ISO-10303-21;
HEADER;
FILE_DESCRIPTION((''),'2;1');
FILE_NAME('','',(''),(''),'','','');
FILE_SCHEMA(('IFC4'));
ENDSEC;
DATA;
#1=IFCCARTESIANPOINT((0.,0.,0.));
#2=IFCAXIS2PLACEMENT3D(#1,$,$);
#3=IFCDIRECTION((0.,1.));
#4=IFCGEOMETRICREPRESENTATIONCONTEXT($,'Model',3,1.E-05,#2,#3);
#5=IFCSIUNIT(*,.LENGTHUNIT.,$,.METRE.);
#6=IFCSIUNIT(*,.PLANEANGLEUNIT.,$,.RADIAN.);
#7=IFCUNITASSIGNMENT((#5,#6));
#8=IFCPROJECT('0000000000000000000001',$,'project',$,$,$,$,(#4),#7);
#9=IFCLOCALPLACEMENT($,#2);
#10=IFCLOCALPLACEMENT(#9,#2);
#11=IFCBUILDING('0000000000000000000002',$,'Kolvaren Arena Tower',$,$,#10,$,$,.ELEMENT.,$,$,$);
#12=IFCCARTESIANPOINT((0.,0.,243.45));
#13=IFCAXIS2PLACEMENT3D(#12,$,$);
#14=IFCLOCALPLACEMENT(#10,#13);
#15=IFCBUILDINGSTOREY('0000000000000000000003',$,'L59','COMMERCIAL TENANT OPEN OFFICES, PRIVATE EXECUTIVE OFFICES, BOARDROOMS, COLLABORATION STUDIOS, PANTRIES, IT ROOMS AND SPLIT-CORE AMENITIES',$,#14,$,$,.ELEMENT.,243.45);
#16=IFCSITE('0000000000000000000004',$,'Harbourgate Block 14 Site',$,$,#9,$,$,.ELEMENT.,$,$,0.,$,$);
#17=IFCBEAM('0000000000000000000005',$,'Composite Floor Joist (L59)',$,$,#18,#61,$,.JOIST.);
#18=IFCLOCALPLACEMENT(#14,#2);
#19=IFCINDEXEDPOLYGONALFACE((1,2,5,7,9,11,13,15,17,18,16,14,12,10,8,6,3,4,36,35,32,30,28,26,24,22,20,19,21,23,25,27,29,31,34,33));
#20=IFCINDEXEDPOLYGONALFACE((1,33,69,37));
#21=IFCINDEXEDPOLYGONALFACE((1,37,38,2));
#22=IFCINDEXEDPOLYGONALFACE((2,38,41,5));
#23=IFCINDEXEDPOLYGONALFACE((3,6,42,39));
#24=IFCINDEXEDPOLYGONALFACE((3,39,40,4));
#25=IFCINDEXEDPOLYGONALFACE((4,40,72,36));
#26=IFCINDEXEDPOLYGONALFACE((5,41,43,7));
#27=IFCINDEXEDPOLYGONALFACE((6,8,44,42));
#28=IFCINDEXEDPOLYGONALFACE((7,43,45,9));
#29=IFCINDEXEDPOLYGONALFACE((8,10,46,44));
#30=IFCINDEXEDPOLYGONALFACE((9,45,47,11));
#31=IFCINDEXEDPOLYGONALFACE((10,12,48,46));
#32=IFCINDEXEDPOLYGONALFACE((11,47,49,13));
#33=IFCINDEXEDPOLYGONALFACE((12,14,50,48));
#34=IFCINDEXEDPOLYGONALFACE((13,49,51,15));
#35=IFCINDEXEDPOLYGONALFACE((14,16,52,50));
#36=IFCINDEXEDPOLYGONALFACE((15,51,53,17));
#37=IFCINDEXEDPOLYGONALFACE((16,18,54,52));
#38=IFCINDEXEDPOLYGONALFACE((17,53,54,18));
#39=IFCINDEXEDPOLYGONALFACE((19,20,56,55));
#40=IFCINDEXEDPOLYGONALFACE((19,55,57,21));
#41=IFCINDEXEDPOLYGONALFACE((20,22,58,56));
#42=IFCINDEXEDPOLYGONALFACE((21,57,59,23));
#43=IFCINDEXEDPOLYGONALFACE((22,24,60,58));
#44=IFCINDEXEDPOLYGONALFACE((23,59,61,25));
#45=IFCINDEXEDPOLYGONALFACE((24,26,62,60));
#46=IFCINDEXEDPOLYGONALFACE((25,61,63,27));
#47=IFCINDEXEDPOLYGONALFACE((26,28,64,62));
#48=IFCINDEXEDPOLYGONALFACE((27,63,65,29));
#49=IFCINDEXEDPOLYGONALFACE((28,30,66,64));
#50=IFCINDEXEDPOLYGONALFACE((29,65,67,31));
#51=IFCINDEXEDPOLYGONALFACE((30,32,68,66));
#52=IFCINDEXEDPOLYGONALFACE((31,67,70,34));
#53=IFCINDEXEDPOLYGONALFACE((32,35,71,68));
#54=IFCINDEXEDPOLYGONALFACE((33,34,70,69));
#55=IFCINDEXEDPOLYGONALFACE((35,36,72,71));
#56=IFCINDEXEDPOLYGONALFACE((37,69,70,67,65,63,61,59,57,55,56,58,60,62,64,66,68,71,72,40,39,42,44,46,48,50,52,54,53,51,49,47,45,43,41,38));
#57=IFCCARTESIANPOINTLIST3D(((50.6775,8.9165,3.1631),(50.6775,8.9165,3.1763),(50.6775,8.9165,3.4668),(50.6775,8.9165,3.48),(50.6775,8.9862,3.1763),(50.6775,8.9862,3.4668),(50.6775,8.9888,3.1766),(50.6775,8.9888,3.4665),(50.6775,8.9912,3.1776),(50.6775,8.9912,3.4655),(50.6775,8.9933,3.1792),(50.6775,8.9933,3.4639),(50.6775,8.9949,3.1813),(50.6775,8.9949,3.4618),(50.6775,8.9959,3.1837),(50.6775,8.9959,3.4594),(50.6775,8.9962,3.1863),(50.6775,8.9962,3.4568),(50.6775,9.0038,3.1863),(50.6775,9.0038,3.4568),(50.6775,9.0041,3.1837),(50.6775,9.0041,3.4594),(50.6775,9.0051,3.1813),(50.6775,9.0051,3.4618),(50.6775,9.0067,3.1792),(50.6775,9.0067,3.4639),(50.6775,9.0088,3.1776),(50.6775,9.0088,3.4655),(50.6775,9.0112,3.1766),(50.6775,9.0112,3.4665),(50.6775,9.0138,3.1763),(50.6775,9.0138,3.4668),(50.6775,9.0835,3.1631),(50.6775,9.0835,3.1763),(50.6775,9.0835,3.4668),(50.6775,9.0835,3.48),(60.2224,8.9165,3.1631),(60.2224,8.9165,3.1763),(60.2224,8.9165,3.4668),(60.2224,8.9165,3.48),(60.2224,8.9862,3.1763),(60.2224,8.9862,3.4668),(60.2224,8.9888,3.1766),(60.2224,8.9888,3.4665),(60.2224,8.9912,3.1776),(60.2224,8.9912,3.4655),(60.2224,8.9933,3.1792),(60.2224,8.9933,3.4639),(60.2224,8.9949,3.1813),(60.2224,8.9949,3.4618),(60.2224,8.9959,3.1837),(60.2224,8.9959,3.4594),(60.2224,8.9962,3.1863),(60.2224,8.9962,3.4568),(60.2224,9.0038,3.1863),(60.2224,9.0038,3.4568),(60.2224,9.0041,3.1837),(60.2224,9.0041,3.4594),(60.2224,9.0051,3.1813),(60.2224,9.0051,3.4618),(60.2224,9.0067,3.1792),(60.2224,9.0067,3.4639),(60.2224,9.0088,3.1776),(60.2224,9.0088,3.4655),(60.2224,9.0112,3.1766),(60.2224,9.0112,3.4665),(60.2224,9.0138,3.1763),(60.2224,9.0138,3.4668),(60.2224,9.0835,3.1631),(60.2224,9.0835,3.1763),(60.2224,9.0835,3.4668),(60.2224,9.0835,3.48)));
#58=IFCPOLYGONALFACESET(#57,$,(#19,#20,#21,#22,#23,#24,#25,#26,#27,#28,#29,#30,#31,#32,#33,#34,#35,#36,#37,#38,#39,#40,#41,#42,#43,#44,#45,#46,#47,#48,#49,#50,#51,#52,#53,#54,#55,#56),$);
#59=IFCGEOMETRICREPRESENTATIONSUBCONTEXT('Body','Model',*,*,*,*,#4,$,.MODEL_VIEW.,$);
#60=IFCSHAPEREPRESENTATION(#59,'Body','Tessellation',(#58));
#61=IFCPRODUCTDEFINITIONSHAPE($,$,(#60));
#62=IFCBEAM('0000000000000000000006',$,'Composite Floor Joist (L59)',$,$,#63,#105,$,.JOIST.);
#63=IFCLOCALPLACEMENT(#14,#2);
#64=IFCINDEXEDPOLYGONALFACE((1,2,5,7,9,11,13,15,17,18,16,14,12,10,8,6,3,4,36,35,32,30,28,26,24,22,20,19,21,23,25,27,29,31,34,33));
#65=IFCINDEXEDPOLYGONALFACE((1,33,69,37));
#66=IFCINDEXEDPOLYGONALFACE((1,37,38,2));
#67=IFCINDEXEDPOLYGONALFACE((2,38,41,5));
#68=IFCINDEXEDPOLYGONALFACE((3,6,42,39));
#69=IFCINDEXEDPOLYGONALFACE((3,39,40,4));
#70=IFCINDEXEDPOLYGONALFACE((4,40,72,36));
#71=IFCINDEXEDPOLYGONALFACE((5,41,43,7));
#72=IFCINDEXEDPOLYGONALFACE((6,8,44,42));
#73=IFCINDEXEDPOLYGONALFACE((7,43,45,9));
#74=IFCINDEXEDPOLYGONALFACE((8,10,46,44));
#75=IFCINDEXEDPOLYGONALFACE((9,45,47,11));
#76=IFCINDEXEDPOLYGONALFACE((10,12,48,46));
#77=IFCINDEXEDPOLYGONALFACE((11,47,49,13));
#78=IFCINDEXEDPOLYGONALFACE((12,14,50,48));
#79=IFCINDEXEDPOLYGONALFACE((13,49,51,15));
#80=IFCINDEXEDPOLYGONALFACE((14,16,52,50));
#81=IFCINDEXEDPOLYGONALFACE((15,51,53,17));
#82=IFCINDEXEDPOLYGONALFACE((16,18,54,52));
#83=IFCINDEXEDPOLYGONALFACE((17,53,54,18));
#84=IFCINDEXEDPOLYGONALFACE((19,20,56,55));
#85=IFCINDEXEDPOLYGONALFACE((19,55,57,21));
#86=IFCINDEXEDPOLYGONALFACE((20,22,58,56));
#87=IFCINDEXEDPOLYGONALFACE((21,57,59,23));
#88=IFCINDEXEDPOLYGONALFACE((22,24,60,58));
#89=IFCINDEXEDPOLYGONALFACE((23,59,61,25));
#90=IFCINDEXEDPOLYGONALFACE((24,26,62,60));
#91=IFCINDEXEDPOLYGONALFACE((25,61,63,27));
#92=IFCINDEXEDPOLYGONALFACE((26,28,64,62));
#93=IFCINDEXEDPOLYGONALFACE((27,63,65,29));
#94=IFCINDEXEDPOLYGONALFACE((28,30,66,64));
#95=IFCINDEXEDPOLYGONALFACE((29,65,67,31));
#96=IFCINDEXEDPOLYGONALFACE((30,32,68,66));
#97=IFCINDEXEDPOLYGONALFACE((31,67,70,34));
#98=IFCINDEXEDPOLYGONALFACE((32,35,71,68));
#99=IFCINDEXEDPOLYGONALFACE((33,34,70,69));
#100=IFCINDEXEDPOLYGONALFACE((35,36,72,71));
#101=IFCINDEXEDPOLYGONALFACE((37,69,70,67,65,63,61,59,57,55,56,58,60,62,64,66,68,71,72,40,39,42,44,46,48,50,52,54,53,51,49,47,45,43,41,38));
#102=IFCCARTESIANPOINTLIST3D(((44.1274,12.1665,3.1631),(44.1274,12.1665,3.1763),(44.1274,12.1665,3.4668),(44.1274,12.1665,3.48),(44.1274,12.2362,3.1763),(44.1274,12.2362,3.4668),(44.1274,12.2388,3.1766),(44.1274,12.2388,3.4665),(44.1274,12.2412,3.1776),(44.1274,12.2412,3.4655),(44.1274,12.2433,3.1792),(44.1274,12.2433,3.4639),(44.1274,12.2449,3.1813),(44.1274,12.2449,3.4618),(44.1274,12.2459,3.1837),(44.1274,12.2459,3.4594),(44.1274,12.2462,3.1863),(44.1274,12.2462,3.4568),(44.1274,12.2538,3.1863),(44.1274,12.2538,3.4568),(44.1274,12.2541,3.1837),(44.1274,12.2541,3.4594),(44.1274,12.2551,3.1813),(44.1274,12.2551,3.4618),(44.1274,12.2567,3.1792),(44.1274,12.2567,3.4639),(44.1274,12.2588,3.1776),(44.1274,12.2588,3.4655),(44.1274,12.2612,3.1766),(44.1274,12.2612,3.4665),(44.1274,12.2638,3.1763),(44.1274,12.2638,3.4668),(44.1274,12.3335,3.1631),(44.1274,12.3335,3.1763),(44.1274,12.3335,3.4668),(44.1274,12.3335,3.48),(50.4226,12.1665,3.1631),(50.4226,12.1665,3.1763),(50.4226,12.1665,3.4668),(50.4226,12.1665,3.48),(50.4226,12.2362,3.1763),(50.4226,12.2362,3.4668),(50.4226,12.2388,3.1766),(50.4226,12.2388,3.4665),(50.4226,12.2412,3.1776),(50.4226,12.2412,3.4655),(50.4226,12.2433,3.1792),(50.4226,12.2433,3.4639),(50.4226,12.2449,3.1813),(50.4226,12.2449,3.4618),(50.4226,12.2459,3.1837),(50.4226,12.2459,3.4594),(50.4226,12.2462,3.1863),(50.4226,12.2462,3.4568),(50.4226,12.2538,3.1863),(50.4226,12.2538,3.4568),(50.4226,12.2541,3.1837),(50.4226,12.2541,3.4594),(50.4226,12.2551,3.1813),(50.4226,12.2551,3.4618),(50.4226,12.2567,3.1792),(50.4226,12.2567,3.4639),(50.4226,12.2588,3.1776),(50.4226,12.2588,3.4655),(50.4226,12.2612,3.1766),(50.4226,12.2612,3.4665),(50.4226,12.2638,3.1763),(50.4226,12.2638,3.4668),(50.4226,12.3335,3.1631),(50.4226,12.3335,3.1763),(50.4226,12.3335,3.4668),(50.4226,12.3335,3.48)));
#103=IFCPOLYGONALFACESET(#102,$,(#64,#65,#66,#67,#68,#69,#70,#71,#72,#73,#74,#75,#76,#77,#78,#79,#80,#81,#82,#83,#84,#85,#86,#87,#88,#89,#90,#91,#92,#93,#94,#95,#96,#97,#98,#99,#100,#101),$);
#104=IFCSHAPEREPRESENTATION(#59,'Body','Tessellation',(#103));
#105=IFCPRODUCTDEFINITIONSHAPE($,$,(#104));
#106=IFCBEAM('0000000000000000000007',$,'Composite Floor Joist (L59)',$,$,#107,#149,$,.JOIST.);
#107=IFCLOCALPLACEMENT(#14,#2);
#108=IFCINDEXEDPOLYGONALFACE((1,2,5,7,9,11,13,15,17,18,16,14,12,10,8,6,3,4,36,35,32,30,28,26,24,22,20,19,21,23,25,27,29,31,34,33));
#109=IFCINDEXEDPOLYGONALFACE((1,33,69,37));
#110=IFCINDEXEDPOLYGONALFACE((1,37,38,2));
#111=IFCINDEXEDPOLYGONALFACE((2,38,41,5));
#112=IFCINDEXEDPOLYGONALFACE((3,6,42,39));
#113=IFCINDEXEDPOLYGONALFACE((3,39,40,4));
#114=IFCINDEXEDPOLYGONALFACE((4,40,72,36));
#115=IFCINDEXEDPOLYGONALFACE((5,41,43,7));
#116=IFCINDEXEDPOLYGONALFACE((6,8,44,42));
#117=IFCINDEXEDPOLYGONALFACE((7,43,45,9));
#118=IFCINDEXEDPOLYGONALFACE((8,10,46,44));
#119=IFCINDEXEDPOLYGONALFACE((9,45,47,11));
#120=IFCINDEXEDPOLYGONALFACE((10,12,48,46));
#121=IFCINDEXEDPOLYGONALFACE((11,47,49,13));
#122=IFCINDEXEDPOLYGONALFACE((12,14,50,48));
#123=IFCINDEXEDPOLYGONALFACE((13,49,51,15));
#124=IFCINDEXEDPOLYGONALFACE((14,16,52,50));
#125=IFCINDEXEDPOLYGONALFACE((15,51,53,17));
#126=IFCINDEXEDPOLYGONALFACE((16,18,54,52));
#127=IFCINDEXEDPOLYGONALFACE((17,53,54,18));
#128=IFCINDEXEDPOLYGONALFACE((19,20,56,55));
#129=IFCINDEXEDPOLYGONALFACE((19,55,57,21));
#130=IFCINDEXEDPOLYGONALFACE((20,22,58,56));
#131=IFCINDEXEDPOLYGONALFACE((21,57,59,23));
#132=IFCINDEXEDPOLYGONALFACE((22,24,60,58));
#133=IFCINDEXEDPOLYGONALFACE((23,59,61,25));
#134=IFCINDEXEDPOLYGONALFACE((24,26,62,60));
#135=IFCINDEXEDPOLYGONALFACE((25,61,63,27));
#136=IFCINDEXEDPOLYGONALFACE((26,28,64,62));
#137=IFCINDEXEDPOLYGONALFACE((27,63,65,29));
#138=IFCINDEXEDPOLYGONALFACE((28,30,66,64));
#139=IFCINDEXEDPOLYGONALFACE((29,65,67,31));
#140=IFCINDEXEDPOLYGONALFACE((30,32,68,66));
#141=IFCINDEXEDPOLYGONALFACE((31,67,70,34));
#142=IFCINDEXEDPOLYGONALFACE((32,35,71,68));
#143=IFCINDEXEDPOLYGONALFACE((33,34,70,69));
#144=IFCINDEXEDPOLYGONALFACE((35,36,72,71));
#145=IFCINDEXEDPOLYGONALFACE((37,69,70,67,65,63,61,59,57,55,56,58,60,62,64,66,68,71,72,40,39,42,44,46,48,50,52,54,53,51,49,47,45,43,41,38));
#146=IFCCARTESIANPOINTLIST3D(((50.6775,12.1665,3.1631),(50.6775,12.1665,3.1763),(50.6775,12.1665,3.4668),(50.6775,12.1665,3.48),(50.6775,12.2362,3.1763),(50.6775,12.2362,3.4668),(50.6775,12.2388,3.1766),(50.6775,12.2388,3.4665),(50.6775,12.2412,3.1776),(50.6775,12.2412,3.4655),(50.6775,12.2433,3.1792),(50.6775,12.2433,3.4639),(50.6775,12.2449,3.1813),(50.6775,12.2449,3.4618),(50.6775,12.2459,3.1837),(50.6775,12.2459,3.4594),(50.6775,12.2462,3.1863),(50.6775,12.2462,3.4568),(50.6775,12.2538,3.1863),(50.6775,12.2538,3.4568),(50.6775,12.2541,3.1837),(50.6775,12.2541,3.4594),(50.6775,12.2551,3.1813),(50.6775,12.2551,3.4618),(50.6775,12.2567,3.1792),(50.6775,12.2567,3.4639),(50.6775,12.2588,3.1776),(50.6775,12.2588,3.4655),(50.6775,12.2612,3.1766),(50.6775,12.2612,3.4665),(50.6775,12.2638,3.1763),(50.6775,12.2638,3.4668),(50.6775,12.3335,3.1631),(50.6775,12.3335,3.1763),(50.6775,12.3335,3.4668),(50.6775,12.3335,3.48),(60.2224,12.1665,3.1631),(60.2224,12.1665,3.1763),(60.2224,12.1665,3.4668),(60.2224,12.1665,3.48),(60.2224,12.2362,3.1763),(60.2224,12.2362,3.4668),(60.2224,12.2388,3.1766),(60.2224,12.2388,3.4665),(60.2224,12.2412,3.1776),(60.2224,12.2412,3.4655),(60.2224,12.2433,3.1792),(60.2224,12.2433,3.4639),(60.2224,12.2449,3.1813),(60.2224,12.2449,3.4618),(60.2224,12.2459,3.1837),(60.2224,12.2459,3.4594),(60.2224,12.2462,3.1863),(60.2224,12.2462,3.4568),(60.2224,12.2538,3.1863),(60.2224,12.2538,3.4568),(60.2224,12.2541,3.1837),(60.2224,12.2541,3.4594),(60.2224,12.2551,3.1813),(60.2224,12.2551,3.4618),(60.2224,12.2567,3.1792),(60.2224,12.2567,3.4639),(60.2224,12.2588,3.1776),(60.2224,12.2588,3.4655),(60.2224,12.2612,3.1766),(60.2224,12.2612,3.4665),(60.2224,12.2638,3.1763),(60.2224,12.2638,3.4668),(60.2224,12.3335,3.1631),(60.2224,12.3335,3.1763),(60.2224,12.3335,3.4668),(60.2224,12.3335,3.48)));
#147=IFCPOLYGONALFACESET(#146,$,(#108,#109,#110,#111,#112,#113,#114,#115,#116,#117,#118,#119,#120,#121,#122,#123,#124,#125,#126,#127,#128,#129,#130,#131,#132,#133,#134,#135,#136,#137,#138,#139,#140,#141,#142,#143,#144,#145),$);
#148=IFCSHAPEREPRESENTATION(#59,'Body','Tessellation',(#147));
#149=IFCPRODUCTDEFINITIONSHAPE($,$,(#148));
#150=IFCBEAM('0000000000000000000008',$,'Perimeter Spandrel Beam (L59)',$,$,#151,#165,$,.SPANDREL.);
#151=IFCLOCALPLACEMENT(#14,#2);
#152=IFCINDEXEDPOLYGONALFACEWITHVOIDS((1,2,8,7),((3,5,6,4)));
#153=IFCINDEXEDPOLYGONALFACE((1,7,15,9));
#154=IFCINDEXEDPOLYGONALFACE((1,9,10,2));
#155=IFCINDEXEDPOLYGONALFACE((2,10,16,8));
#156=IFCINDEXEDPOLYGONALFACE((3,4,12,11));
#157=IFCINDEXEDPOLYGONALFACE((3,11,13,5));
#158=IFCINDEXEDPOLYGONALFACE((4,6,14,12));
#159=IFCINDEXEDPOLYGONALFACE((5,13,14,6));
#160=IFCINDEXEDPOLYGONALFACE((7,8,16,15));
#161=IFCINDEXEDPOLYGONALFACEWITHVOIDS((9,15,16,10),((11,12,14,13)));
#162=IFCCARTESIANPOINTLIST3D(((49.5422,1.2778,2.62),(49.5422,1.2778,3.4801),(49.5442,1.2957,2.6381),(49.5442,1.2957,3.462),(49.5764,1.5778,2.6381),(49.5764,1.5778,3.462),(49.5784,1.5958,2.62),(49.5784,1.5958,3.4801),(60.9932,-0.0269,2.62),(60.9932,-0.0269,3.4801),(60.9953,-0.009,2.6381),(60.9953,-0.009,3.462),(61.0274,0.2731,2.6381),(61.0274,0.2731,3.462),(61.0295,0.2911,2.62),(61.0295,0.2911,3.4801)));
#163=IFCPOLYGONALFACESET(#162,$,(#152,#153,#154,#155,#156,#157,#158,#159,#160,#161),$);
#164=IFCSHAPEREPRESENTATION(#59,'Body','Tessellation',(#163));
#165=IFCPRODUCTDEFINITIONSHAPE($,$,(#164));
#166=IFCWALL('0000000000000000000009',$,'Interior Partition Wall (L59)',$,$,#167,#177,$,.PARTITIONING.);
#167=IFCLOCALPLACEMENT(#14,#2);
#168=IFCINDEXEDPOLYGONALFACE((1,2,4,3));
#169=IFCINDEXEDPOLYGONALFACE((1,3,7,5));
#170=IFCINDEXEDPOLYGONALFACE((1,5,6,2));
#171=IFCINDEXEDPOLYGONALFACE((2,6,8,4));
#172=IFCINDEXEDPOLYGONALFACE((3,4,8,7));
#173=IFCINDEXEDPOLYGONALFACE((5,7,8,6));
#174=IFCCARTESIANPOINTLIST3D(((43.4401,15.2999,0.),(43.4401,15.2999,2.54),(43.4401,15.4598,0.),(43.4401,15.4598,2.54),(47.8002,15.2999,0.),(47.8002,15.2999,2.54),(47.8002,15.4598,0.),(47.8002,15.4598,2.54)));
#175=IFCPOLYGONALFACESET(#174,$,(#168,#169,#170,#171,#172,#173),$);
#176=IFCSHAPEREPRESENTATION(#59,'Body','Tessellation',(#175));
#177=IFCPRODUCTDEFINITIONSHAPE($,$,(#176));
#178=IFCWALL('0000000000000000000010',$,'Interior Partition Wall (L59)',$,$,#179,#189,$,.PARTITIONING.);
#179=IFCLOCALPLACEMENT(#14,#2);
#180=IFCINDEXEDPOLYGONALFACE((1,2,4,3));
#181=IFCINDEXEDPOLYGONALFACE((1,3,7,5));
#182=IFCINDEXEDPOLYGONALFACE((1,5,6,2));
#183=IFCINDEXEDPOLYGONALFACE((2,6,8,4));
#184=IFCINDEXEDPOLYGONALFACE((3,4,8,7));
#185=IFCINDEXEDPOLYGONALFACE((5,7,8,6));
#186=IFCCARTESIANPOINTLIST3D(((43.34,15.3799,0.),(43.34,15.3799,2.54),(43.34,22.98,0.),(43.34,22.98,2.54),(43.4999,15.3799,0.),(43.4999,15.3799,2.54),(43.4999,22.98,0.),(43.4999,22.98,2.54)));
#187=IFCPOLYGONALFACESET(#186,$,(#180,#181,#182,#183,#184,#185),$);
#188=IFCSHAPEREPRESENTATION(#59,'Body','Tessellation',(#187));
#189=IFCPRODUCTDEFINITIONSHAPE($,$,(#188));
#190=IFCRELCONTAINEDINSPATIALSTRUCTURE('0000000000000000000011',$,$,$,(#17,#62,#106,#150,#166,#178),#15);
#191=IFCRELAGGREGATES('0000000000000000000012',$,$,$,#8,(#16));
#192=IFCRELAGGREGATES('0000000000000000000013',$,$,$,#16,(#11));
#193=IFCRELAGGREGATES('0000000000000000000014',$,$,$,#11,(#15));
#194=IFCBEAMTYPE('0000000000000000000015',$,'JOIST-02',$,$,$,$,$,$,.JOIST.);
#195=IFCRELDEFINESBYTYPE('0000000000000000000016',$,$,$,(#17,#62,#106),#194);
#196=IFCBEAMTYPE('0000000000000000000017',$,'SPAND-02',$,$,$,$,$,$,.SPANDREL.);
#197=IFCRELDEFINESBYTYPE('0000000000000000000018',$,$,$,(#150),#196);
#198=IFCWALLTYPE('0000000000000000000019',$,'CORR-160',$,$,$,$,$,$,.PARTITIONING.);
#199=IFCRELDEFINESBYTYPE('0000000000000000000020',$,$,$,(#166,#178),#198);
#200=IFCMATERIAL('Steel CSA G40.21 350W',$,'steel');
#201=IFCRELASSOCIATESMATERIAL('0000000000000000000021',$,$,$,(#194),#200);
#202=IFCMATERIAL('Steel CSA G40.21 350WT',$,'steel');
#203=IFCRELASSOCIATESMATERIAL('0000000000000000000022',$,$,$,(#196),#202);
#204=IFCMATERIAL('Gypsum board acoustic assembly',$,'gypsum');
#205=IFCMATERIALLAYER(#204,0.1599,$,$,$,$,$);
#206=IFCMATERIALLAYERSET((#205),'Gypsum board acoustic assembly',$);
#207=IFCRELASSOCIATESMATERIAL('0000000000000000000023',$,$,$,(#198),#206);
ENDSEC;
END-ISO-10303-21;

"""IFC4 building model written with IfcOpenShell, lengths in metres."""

from ifc_helpers import new_model, si_unit, direction, frame, frame_2d, origin, origin_2d, place, context, subcontext, project, spatial, rectangle, hollow_rectangle, i_section, extrude, material, layer, layer_set, material_profile, profile_set, type_object, element, save


model = new_model("IFC4")

# Units and contexts
model_context = context("Model", 3, precision=1e-05, world=origin(), true_north=direction((0.0, 1.0)))
body_context = subcontext(model_context, "Body", "Model", "MODEL_VIEW")
ifc_project = project(units=[si_unit("LENGTHUNIT", "METRE"), si_unit("PLANEANGLEUNIT", "RADIAN")], contexts=[model_context])

# Site, building, storey
site_placement = place(None, origin())
site = spatial("IfcSite", under=ifc_project, at=site_placement, Name="Harbourgate Block 14 Site", CompositionType="ELEMENT", RefElevation=0.0)
building_placement = place(site_placement, origin())
building = spatial("IfcBuilding", under=site, at=building_placement, Name="Kolvaren Arena Tower", CompositionType="ELEMENT")
storey_placement = place(building_placement, frame((0.0, 0.0, 243.45)))
storey = spatial("IfcBuildingStorey", under=building, at=storey_placement, Name="L59", Description="COMMERCIAL TENANT OPEN OFFICES, PRIVATE EXECUTIVE OFFICES, BOARDROOMS, COLLABORATION STUDIOS, PANTRIES, IT ROOMS AND SPLIT-CORE AMENITIES", CompositionType="ELEMENT", Elevation=243.45)

# Beams
ifc_material_1 = material(Name="Steel CSA G40.21 350W", Category="steel")
ifc_material_profile_1 = material_profile(ifc_material_1, i_section(OverallWidth=0.167, OverallDepth=0.3169, WebThickness=0.0076, FlangeThickness=0.0132, FilletRadius=0.01, at=origin_2d()), Name="W310x52")
ifc_profile_set_1 = profile_set([ifc_material_profile_1], Name="Steel CSA G40.21 350W")
beam_type_1 = type_object("IfcBeamType", Name="JOIST-02", PredefinedType="JOIST", material=ifc_profile_set_1)
beam_1_placement = place(storey_placement, frame((50.6775, 9.0, 3.3215), z_axis=(1.0, 0.0, 0.0), x_axis=(0.0, 1.0, 0.0)))
element("IfcBeam", 1, at=beam_1_placement, inside=storey, type_object=beam_type_1, Name="Composite Floor Joist (L59)", PredefinedType="JOIST", context=body_context, shape_type="SweptSolid", body=[
    extrude(i_section(OverallWidth=0.167, OverallDepth=0.3169, WebThickness=0.0076, FlangeThickness=0.0132, FilletRadius=0.01, at=origin_2d()), origin(), (0.0, 0.0, 1.0), 9.5449),
])
beam_2_placement = place(storey_placement, frame((44.1274, 12.25, 3.3215), z_axis=(1.0, 0.0, 0.0), x_axis=(0.0, 1.0, 0.0)))
element("IfcBeam", 2, at=beam_2_placement, inside=storey, type_object=beam_type_1, Name="Composite Floor Joist (L59)", PredefinedType="JOIST", context=body_context, shape_type="SweptSolid", body=[
    extrude(i_section(OverallWidth=0.167, OverallDepth=0.3169, WebThickness=0.0076, FlangeThickness=0.0132, FilletRadius=0.01, at=origin_2d()), origin(), (0.0, 0.0, 1.0), 6.2952),
])
beam_3_placement = place(storey_placement, frame((50.6775, 12.25, 3.3215), z_axis=(1.0, 0.0, 0.0), x_axis=(0.0, 1.0, 0.0)))
element("IfcBeam", 3, at=beam_3_placement, inside=storey, type_object=beam_type_1, Name="Composite Floor Joist (L59)", PredefinedType="JOIST", context=body_context, shape_type="SweptSolid", body=[
    extrude(i_section(OverallWidth=0.167, OverallDepth=0.3169, WebThickness=0.0076, FlangeThickness=0.0132, FilletRadius=0.01, at=origin_2d()), origin(), (0.0, 0.0, 1.0), 9.5449),
])
ifc_material_2 = material(Name="Steel CSA G40.21 350WT", Category="steel")
ifc_material_profile_2 = material_profile(ifc_material_2, hollow_rectangle(XDim=0.3201, YDim=0.8601, WallThickness=0.0181, at=origin_2d()), Name="HSS 860x320x18")
ifc_profile_set_2 = profile_set([ifc_material_profile_2], Name="Steel CSA G40.21 350WT")
beam_type_2 = type_object("IfcBeamType", Name="SPAND-02", PredefinedType="SPANDREL", material=ifc_profile_set_2)
beam_4_placement = place(storey_placement, frame((49.5603, 1.4368, 3.05), z_axis=(0.993572, -0.113202, 0.0), x_axis=(0.113202, 0.993572, 0.0)))
element("IfcBeam", 4, at=beam_4_placement, inside=storey, type_object=beam_type_2, Name="Perimeter Spandrel Beam (L59)", PredefinedType="SPANDREL", context=body_context, shape_type="SweptSolid", body=[
    extrude(hollow_rectangle(XDim=0.3201, YDim=0.8601, WallThickness=0.0181, at=origin_2d()), origin(), (0.0, 0.0, 1.0), 11.5251),
])

# Walls
ifc_material_3 = material(Name="Gypsum board acoustic assembly", Category="gypsum")
ifc_layer_1 = layer(ifc_material_3, 0.1599)
ifc_layer_set_1 = layer_set([ifc_layer_1], Name="Gypsum board acoustic assembly")
wall_type_1 = type_object("IfcWallType", Name="CORR-160", PredefinedType="PARTITIONING", material=ifc_layer_set_1)
wall_1_placement = place(storey_placement, frame((43.4399, 15.3799, 0.0), z_axis=(0.0, 0.0, 1.0), x_axis=(1.0, 0.0, 0.0)))
element("IfcWall", 5, at=wall_1_placement, inside=storey, type_object=wall_type_1, Name="Interior Partition Wall (L59)", PredefinedType="PARTITIONING", context=body_context, shape_type="SweptSolid", body=[
    extrude(rectangle(XDim=4.3601, YDim=0.1599, at=frame_2d((2.1802, 0.0))), origin(), (0.0, 0.0, 1.0), 2.54),
])
for number, where, z_axis, x_axis, name in (
    (6, (43.4199, 15.3799, 0.0), (0.0, 0.0, 1.0), (0.0, 1.0, 0.0), "Interior Partition Wall (L59)"),
):
    element("IfcWall", number, at=place(storey_placement, frame(where, z_axis=z_axis, x_axis=x_axis)), inside=storey, type_object=wall_type_1, Name=name, PredefinedType="PARTITIONING", context=body_context, shape_type="SweptSolid", body=[
        extrude(rectangle(XDim=7.6001, YDim=0.1599, at=frame_2d((3.8, 0.0))), origin(), (0.0, 0.0, 1.0), 2.54),
    ])

save(model, "model.ifc")
